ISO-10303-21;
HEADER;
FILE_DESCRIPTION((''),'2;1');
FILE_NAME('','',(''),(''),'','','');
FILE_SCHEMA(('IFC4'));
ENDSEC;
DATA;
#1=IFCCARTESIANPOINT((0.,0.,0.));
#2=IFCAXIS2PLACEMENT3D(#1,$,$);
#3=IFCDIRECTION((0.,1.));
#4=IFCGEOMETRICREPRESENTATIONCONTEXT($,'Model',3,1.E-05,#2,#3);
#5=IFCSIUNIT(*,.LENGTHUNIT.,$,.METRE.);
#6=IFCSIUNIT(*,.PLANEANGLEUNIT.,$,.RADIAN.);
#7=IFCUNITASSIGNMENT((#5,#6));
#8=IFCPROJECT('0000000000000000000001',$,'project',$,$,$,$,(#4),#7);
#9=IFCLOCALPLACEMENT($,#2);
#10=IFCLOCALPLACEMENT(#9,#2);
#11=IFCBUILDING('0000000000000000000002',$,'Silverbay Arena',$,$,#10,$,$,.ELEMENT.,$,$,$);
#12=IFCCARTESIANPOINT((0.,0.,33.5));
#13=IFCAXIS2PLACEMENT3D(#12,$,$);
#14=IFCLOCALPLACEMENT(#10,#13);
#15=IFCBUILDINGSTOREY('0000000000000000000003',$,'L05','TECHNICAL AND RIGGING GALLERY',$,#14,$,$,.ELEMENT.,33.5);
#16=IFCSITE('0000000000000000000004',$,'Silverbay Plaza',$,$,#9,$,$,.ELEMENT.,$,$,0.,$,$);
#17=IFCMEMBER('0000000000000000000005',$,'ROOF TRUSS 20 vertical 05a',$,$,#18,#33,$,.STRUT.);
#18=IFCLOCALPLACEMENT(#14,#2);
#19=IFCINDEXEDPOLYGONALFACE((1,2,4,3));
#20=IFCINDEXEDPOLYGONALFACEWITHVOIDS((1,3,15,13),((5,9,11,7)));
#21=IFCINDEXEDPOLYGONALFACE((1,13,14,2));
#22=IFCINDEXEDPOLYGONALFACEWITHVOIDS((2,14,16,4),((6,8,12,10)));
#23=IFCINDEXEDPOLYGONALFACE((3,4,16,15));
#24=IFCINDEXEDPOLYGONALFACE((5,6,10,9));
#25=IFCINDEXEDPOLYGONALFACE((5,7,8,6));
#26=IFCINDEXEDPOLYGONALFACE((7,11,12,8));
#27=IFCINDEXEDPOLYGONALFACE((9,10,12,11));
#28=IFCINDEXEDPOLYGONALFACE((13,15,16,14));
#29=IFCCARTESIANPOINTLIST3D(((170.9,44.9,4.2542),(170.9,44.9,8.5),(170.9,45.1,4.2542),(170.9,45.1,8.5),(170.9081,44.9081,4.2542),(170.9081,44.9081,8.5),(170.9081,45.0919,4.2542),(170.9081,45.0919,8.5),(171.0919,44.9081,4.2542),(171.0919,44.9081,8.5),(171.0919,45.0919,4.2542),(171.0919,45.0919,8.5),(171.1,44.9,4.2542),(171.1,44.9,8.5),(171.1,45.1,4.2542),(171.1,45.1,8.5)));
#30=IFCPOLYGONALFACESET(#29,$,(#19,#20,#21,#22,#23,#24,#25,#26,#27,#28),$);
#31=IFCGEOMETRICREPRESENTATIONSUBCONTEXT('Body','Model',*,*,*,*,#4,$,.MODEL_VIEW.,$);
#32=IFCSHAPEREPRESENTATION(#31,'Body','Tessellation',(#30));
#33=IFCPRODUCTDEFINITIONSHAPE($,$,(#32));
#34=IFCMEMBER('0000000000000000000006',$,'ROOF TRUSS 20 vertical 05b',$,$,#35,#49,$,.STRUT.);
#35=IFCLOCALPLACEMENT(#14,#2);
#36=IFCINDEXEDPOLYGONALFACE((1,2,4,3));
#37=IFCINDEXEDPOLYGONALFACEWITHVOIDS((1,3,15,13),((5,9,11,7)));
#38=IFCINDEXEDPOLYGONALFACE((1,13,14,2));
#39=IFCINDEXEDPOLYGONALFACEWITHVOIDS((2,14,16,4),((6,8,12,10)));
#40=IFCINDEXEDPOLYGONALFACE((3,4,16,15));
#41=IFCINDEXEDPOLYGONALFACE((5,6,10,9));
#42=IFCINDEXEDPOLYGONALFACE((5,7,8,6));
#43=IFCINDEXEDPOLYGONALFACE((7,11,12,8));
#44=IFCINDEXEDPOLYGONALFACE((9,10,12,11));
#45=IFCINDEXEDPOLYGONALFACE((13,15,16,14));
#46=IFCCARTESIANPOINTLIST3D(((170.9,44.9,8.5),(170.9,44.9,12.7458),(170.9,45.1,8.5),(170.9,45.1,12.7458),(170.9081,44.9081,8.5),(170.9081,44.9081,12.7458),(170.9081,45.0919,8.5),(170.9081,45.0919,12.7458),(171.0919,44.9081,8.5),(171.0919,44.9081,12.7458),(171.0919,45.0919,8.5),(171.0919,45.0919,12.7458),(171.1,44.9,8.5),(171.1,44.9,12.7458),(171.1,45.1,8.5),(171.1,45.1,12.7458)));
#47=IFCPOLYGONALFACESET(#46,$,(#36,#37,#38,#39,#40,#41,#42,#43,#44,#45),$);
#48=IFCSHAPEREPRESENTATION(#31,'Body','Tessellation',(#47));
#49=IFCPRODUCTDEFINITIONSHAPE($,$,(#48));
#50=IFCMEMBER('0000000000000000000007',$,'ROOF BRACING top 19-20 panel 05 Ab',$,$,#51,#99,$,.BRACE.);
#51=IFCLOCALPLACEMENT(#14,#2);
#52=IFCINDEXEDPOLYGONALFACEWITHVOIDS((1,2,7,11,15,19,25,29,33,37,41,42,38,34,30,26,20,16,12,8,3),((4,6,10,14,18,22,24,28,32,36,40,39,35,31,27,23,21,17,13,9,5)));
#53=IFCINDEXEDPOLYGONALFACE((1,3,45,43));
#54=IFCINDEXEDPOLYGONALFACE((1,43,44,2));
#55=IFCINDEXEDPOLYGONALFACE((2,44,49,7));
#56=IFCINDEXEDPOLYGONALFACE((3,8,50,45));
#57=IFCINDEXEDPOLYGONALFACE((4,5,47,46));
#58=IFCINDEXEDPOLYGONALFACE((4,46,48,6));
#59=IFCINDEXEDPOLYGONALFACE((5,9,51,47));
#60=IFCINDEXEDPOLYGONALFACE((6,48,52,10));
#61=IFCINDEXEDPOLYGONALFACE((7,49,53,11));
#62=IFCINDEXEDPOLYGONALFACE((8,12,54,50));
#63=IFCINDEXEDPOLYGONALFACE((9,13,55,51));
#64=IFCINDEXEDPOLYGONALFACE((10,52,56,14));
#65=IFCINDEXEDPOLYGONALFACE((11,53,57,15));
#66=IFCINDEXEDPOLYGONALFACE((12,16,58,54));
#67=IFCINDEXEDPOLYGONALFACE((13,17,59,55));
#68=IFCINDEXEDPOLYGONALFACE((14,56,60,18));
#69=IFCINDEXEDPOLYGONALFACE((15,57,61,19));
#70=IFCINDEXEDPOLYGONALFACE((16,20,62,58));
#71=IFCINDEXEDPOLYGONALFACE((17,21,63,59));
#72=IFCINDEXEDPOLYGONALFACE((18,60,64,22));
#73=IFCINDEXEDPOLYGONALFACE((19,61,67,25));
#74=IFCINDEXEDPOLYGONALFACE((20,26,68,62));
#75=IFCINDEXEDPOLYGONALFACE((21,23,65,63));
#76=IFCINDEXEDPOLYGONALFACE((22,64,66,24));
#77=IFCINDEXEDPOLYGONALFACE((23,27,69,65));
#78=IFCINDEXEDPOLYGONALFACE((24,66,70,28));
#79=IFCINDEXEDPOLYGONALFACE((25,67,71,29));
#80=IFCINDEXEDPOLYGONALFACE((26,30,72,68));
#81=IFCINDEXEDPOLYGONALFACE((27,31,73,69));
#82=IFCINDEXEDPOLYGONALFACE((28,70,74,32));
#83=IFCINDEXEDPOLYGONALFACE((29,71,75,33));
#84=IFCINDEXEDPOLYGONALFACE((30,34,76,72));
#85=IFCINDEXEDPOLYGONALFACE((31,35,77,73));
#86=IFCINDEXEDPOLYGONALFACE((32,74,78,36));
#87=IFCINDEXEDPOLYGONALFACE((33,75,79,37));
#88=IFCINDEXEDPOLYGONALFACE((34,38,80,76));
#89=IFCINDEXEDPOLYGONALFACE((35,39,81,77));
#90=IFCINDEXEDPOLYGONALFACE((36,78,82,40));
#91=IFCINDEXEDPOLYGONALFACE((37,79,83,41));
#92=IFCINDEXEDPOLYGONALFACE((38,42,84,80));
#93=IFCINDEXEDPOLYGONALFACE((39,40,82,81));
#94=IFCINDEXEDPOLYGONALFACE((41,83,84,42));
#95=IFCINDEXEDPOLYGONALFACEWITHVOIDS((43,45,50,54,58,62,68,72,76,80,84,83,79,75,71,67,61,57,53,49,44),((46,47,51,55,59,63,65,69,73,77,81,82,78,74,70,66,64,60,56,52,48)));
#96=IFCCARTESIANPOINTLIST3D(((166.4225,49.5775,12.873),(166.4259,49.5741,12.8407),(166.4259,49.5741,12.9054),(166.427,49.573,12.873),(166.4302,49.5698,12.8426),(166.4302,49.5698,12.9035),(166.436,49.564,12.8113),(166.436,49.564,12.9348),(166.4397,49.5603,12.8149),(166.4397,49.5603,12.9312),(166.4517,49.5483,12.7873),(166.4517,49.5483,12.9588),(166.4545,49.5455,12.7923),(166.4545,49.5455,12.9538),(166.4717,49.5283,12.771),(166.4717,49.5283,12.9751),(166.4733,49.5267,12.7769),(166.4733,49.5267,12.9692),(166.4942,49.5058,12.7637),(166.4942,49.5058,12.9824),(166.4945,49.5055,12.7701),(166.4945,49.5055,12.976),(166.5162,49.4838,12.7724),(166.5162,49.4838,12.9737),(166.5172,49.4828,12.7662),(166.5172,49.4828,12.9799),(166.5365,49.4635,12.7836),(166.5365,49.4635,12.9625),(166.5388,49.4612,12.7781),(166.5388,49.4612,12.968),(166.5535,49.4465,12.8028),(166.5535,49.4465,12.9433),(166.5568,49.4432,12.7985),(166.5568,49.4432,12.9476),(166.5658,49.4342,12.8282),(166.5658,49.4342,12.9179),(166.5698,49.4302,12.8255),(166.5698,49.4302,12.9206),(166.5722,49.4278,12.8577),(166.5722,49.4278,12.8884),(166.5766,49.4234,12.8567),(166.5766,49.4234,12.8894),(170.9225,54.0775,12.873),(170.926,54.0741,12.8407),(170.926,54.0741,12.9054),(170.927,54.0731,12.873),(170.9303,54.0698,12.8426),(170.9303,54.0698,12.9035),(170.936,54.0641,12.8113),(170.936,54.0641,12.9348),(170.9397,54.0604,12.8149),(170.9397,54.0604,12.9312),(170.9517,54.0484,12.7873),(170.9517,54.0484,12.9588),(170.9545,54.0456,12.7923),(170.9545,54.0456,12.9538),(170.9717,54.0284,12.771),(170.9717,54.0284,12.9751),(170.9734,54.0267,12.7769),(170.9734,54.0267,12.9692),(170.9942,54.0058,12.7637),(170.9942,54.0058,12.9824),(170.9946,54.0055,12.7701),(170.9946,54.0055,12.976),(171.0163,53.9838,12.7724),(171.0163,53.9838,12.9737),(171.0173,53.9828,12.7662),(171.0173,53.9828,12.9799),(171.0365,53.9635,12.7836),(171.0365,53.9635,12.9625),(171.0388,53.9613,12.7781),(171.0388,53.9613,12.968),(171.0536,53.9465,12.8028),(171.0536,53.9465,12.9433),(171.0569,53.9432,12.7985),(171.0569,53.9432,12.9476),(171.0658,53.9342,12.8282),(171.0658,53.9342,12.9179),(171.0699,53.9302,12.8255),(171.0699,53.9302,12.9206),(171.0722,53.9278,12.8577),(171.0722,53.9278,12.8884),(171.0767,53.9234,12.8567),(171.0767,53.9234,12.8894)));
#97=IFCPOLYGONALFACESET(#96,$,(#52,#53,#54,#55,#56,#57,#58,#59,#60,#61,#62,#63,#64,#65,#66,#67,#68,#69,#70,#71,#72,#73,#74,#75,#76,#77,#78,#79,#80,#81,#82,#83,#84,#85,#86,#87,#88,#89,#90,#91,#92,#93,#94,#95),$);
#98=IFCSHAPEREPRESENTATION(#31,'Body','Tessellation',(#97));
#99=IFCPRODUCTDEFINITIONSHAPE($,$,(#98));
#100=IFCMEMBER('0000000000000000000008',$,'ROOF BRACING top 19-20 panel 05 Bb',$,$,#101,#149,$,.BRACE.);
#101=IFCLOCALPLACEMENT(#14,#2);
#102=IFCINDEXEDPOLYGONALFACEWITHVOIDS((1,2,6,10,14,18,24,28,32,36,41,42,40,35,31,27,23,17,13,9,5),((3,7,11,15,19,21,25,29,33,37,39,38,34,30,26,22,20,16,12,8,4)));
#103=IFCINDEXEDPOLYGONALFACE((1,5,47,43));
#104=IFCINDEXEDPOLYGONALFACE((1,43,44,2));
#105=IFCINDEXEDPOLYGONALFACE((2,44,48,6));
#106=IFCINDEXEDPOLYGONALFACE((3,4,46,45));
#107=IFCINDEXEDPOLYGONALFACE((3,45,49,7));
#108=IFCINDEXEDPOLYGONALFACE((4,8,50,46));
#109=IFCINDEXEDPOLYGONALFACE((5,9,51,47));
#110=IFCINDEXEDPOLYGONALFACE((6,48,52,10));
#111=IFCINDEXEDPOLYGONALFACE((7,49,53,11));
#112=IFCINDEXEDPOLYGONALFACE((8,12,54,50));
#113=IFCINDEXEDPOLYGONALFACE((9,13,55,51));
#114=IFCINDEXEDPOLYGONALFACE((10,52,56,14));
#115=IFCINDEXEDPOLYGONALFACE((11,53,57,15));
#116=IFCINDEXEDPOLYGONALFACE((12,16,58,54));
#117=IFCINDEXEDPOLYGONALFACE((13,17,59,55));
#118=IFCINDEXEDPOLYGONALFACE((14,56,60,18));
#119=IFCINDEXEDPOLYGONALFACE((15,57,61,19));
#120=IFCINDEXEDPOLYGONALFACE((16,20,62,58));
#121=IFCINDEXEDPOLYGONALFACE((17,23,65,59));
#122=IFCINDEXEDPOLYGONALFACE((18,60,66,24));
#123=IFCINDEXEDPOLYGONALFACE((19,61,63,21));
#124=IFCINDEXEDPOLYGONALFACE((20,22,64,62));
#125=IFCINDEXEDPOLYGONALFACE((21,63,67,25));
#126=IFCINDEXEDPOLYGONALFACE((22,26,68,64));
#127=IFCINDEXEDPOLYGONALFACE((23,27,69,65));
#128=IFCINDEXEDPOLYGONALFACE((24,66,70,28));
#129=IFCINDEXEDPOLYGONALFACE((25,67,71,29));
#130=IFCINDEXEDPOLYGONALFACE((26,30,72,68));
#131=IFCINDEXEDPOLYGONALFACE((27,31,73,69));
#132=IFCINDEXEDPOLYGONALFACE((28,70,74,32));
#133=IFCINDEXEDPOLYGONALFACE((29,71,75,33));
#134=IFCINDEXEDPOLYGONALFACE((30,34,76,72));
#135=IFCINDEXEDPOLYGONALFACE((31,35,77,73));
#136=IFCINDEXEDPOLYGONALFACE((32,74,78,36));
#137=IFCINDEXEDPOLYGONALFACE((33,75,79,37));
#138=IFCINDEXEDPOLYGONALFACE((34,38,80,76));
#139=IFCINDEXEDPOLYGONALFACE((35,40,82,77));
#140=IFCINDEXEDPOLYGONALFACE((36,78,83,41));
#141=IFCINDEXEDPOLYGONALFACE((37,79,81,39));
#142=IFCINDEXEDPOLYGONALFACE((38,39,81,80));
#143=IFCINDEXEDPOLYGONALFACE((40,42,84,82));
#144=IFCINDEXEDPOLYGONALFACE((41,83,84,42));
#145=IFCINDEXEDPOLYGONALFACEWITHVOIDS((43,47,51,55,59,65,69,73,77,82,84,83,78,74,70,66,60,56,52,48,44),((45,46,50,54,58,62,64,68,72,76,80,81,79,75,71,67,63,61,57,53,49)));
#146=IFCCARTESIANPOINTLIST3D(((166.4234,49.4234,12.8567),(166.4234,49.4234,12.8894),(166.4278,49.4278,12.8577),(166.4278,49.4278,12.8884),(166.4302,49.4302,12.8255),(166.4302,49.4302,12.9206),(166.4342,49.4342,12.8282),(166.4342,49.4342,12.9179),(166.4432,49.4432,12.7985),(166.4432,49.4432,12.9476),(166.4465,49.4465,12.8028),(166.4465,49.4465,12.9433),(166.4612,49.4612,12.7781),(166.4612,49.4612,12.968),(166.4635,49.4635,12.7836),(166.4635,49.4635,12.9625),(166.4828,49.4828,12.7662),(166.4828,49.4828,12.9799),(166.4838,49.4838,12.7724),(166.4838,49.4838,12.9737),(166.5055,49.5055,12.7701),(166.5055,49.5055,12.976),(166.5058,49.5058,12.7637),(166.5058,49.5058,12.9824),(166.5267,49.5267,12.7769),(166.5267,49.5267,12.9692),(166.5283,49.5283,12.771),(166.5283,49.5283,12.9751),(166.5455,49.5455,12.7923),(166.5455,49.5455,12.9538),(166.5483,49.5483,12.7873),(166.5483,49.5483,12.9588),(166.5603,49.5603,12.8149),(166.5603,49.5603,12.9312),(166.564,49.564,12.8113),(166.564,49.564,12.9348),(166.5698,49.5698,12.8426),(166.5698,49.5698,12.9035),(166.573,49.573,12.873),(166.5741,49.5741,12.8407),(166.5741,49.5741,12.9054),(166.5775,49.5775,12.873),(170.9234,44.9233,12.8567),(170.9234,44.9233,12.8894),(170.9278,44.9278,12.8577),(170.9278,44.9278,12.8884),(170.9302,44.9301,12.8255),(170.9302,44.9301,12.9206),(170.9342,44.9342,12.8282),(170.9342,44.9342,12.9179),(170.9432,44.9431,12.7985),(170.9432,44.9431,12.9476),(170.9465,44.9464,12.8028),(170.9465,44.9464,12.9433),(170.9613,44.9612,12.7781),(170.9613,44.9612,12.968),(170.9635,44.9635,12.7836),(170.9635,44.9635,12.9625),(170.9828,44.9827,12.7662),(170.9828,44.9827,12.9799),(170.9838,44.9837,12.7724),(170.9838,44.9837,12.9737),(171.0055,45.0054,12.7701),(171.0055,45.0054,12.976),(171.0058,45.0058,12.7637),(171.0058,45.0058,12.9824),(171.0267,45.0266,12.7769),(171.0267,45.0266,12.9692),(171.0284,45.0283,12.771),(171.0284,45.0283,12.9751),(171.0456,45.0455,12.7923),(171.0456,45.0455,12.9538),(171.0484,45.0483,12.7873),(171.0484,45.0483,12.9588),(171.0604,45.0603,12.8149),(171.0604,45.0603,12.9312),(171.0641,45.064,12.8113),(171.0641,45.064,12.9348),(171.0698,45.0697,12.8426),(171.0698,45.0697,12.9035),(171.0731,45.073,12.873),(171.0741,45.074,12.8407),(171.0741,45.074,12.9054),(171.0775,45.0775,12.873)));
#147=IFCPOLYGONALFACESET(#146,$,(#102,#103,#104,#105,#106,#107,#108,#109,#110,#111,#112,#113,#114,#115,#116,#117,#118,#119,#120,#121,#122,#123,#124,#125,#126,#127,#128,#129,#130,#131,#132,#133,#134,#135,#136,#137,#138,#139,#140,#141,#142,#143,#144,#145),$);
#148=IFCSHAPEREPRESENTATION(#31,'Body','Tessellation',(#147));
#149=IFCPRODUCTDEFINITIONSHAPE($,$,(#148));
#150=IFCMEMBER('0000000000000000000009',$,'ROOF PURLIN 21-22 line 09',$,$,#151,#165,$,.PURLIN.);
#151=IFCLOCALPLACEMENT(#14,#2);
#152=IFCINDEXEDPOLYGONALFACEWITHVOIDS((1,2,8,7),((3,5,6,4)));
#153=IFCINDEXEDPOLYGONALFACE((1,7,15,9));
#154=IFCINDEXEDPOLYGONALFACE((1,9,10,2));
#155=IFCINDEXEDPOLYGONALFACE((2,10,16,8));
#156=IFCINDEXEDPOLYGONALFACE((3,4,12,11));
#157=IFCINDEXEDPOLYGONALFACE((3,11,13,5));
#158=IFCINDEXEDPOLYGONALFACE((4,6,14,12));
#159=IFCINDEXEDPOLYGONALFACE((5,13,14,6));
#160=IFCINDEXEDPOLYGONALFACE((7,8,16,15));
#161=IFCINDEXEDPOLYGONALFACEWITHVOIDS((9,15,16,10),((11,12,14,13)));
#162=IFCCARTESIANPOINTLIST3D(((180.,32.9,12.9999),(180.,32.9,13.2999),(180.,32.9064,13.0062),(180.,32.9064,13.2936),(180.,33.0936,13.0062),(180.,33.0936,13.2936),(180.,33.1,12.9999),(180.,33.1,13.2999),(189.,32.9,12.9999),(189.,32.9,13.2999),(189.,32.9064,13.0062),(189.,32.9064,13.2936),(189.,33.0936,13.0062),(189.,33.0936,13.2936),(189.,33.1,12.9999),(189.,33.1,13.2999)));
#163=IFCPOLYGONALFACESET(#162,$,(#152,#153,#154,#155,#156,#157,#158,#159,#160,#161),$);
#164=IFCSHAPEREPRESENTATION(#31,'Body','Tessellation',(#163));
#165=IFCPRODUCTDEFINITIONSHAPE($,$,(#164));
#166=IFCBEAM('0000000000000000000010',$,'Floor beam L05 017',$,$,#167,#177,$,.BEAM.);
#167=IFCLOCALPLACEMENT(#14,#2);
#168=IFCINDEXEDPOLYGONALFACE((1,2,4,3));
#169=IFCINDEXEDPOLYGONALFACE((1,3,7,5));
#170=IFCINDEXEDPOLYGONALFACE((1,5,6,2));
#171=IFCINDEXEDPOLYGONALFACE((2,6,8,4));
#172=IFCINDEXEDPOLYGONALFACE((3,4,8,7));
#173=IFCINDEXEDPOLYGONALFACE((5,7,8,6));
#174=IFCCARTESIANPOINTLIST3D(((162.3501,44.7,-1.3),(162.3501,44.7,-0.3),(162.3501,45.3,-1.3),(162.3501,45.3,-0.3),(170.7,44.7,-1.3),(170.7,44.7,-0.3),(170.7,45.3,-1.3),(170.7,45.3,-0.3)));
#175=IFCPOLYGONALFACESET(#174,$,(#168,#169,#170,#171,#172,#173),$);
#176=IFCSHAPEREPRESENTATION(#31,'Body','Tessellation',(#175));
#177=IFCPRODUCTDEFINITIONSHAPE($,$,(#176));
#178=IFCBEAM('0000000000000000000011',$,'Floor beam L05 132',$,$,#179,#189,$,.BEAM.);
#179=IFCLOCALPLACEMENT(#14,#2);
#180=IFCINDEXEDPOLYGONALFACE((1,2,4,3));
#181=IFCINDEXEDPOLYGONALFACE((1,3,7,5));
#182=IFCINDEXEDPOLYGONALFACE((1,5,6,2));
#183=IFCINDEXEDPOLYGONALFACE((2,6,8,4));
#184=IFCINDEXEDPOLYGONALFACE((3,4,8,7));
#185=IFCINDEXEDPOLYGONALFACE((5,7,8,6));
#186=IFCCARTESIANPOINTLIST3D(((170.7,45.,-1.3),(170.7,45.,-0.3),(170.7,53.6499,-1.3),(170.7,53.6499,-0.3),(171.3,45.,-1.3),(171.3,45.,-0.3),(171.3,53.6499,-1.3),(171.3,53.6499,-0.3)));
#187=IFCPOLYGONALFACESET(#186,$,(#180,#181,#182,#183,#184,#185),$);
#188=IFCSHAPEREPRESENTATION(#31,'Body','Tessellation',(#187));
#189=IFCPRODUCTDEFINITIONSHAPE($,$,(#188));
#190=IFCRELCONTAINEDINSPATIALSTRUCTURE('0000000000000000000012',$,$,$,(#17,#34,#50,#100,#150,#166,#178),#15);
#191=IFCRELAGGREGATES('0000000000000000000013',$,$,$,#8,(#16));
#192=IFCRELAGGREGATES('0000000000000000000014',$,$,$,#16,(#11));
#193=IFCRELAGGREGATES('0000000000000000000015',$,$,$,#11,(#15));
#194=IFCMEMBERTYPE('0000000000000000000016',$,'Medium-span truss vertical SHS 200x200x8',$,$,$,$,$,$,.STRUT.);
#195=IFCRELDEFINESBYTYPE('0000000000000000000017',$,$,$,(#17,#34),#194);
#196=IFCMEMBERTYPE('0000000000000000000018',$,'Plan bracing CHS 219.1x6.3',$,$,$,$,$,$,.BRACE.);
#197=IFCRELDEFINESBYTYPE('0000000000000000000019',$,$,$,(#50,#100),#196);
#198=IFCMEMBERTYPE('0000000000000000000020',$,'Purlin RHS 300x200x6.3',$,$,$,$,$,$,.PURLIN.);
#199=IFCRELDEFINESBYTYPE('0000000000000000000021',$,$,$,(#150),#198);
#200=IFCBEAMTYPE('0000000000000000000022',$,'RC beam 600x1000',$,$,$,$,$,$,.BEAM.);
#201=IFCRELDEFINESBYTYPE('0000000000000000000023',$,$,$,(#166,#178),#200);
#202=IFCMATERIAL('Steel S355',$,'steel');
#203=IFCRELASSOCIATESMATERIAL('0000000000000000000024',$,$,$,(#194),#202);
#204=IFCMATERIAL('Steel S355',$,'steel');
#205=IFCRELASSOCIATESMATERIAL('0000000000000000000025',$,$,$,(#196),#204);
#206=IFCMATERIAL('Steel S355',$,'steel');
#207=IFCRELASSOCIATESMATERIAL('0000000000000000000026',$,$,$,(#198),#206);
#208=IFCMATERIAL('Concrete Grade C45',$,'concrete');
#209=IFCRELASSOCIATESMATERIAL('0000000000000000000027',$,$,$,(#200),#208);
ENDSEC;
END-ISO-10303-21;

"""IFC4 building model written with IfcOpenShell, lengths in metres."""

from ifc_helpers import new_model, si_unit, direction, frame, origin, origin_2d, place, context, subcontext, project, spatial, rectangle, hollow_rectangle, hollow_circle, extrude, material, material_profile, profile_set, type_object, element, save


model = new_model("IFC4")

# Units and contexts
model_context = context("Model", 3, precision=1e-05, world=origin(), true_north=direction((0.0, 1.0)))
body_context = subcontext(model_context, "Body", "Model", "MODEL_VIEW")
ifc_project = project(units=[si_unit("LENGTHUNIT", "METRE"), si_unit("PLANEANGLEUNIT", "RADIAN")], contexts=[model_context])

# Site, building, storey
site_placement = place(None, origin())
site = spatial("IfcSite", under=ifc_project, at=site_placement, Name="Silverbay Plaza", CompositionType="ELEMENT", RefElevation=0.0)
building_placement = place(site_placement, origin())
building = spatial("IfcBuilding", under=site, at=building_placement, Name="Silverbay Arena", CompositionType="ELEMENT")
storey_placement = place(building_placement, frame((0.0, 0.0, 33.5)))
storey = spatial("IfcBuildingStorey", under=building, at=storey_placement, Name="L05", Description="TECHNICAL AND RIGGING GALLERY", CompositionType="ELEMENT", Elevation=33.5)

# Members
ifc_material_1 = material(Name="Steel S355", Category="steel")
ifc_material_profile_1 = material_profile(ifc_material_1, hollow_rectangle(XDim=0.2, YDim=0.2, WallThickness=0.0081, at=origin_2d()), Name="SHS 200x200x8")
ifc_profile_set_1 = profile_set([ifc_material_profile_1], Name="Steel S355")
member_type_1 = type_object("IfcMemberType", Name="Medium-span truss vertical SHS 200x200x8", PredefinedType="STRUT", material=ifc_profile_set_1)
for number, where, z_axis, x_axis, name in (
    (1, (171.0, 45.0, 4.2542), (0.0, 0.0, 1.0), (1.0, 0.0, 0.0), "ROOF TRUSS 20 vertical 05a"),
    (2, (171.0, 45.0, 8.5), (0.0, 0.0, 1.0), (1.0, 0.0, 0.0), "ROOF TRUSS 20 vertical 05b"),
):
    element("IfcMember", number, at=place(storey_placement, frame(where, z_axis=z_axis, x_axis=x_axis)), inside=storey, type_object=member_type_1, Name=name, PredefinedType="STRUT", context=body_context, shape_type="SweptSolid", body=[
        extrude(hollow_rectangle(XDim=0.2, YDim=0.2, WallThickness=0.0081, at=origin_2d()), origin(), (0.0, 0.0, 1.0), 4.2458),
    ])
ifc_material_2 = material(Name="Steel S355", Category="steel")
ifc_material_profile_2 = material_profile(ifc_material_2, hollow_circle(Radius=0.1096, WallThickness=0.0063, at=origin_2d()), Name="CHS 219.1x6.3")
ifc_profile_set_2 = profile_set([ifc_material_profile_2], Name="Steel S355")
member_type_2 = type_object("IfcMemberType", Name="Plan bracing CHS 219.1x6.3", PredefinedType="BRACE", material=ifc_profile_set_2)
for number, where, z_axis, x_axis, name in (
    (3, (166.5, 49.5, 12.873), (0.707107, 0.707107, 0.0), (-0.707107, 0.707107, 0.0), "ROOF BRACING top 19-20 panel 05 Ab"),
    (4, (166.5, 49.5, 12.873), (0.707107, -0.707107, 0.0), (0.707107, 0.707107, 0.0), "ROOF BRACING top 19-20 panel 05 Bb"),
):
    element("IfcMember", number, at=place(storey_placement, frame(where, z_axis=z_axis, x_axis=x_axis)), inside=storey, type_object=member_type_2, Name=name, PredefinedType="BRACE", context=body_context, shape_type="SweptSolid", body=[
        extrude(hollow_circle(Radius=0.1096, WallThickness=0.0063, at=origin_2d()), origin(), (0.0, 0.0, 1.0), 6.364),
    ])
ifc_material_3 = material(Name="Steel S355", Category="steel")
ifc_material_profile_3 = material_profile(ifc_material_3, hollow_rectangle(XDim=0.2, YDim=0.3, WallThickness=0.0063, at=origin_2d()), Name="RHS 300x200x6.3")
ifc_profile_set_3 = profile_set([ifc_material_profile_3], Name="Steel S355")
member_type_3 = type_object("IfcMemberType", Name="Purlin RHS 300x200x6.3", PredefinedType="PURLIN", material=ifc_profile_set_3)
member_1_placement = place(storey_placement, frame((180.0, 33.0, 13.1499), z_axis=(1.0, 0.0, 0.0), x_axis=(0.0, 1.0, 0.0)))
element("IfcMember", 5, at=member_1_placement, inside=storey, type_object=member_type_3, Name="ROOF PURLIN 21-22 line 09", PredefinedType="PURLIN", context=body_context, shape_type="SweptSolid", body=[
    extrude(hollow_rectangle(XDim=0.2, YDim=0.3, WallThickness=0.0063, at=origin_2d()), origin(), (0.0, 0.0, 1.0), 9.0),
])

# Beams
ifc_material_4 = material(Name="Concrete Grade C45", Category="concrete")
ifc_material_profile_4 = material_profile(ifc_material_4, rectangle(XDim=0.6001, YDim=1.0, at=origin_2d()), Name="RC 600x1000")
ifc_profile_set_4 = profile_set([ifc_material_profile_4], Name="Concrete Grade C45")
beam_type = type_object("IfcBeamType", Name="RC beam 600x1000", PredefinedType="BEAM", material=ifc_profile_set_4)
beam_1_placement = place(storey_placement, frame((162.3501, 45.0, -0.8), z_axis=(1.0, 0.0, 0.0), x_axis=(0.0, 1.0, 0.0)))
element("IfcBeam", 6, at=beam_1_placement, inside=storey, type_object=beam_type, Name="Floor beam L05 017", PredefinedType="BEAM", context=body_context, shape_type="SweptSolid", body=[
    extrude(rectangle(XDim=0.6001, YDim=1.0, at=origin_2d()), origin(), (0.0, 0.0, 1.0), 8.3499),
])
beam_2_placement = place(storey_placement, frame((171.0, 45.0, -0.8), z_axis=(0.0, 1.0, 0.0), x_axis=(-1.0, 0.0, 0.0)))
element("IfcBeam", 7, at=beam_2_placement, inside=storey, type_object=beam_type, Name="Floor beam L05 132", PredefinedType="BEAM", context=body_context, shape_type="SweptSolid", body=[
    extrude(rectangle(XDim=0.6001, YDim=1.0, at=origin_2d()), origin(), (0.0, 0.0, 1.0), 8.6499),
])

save(model, "model.ifc")
